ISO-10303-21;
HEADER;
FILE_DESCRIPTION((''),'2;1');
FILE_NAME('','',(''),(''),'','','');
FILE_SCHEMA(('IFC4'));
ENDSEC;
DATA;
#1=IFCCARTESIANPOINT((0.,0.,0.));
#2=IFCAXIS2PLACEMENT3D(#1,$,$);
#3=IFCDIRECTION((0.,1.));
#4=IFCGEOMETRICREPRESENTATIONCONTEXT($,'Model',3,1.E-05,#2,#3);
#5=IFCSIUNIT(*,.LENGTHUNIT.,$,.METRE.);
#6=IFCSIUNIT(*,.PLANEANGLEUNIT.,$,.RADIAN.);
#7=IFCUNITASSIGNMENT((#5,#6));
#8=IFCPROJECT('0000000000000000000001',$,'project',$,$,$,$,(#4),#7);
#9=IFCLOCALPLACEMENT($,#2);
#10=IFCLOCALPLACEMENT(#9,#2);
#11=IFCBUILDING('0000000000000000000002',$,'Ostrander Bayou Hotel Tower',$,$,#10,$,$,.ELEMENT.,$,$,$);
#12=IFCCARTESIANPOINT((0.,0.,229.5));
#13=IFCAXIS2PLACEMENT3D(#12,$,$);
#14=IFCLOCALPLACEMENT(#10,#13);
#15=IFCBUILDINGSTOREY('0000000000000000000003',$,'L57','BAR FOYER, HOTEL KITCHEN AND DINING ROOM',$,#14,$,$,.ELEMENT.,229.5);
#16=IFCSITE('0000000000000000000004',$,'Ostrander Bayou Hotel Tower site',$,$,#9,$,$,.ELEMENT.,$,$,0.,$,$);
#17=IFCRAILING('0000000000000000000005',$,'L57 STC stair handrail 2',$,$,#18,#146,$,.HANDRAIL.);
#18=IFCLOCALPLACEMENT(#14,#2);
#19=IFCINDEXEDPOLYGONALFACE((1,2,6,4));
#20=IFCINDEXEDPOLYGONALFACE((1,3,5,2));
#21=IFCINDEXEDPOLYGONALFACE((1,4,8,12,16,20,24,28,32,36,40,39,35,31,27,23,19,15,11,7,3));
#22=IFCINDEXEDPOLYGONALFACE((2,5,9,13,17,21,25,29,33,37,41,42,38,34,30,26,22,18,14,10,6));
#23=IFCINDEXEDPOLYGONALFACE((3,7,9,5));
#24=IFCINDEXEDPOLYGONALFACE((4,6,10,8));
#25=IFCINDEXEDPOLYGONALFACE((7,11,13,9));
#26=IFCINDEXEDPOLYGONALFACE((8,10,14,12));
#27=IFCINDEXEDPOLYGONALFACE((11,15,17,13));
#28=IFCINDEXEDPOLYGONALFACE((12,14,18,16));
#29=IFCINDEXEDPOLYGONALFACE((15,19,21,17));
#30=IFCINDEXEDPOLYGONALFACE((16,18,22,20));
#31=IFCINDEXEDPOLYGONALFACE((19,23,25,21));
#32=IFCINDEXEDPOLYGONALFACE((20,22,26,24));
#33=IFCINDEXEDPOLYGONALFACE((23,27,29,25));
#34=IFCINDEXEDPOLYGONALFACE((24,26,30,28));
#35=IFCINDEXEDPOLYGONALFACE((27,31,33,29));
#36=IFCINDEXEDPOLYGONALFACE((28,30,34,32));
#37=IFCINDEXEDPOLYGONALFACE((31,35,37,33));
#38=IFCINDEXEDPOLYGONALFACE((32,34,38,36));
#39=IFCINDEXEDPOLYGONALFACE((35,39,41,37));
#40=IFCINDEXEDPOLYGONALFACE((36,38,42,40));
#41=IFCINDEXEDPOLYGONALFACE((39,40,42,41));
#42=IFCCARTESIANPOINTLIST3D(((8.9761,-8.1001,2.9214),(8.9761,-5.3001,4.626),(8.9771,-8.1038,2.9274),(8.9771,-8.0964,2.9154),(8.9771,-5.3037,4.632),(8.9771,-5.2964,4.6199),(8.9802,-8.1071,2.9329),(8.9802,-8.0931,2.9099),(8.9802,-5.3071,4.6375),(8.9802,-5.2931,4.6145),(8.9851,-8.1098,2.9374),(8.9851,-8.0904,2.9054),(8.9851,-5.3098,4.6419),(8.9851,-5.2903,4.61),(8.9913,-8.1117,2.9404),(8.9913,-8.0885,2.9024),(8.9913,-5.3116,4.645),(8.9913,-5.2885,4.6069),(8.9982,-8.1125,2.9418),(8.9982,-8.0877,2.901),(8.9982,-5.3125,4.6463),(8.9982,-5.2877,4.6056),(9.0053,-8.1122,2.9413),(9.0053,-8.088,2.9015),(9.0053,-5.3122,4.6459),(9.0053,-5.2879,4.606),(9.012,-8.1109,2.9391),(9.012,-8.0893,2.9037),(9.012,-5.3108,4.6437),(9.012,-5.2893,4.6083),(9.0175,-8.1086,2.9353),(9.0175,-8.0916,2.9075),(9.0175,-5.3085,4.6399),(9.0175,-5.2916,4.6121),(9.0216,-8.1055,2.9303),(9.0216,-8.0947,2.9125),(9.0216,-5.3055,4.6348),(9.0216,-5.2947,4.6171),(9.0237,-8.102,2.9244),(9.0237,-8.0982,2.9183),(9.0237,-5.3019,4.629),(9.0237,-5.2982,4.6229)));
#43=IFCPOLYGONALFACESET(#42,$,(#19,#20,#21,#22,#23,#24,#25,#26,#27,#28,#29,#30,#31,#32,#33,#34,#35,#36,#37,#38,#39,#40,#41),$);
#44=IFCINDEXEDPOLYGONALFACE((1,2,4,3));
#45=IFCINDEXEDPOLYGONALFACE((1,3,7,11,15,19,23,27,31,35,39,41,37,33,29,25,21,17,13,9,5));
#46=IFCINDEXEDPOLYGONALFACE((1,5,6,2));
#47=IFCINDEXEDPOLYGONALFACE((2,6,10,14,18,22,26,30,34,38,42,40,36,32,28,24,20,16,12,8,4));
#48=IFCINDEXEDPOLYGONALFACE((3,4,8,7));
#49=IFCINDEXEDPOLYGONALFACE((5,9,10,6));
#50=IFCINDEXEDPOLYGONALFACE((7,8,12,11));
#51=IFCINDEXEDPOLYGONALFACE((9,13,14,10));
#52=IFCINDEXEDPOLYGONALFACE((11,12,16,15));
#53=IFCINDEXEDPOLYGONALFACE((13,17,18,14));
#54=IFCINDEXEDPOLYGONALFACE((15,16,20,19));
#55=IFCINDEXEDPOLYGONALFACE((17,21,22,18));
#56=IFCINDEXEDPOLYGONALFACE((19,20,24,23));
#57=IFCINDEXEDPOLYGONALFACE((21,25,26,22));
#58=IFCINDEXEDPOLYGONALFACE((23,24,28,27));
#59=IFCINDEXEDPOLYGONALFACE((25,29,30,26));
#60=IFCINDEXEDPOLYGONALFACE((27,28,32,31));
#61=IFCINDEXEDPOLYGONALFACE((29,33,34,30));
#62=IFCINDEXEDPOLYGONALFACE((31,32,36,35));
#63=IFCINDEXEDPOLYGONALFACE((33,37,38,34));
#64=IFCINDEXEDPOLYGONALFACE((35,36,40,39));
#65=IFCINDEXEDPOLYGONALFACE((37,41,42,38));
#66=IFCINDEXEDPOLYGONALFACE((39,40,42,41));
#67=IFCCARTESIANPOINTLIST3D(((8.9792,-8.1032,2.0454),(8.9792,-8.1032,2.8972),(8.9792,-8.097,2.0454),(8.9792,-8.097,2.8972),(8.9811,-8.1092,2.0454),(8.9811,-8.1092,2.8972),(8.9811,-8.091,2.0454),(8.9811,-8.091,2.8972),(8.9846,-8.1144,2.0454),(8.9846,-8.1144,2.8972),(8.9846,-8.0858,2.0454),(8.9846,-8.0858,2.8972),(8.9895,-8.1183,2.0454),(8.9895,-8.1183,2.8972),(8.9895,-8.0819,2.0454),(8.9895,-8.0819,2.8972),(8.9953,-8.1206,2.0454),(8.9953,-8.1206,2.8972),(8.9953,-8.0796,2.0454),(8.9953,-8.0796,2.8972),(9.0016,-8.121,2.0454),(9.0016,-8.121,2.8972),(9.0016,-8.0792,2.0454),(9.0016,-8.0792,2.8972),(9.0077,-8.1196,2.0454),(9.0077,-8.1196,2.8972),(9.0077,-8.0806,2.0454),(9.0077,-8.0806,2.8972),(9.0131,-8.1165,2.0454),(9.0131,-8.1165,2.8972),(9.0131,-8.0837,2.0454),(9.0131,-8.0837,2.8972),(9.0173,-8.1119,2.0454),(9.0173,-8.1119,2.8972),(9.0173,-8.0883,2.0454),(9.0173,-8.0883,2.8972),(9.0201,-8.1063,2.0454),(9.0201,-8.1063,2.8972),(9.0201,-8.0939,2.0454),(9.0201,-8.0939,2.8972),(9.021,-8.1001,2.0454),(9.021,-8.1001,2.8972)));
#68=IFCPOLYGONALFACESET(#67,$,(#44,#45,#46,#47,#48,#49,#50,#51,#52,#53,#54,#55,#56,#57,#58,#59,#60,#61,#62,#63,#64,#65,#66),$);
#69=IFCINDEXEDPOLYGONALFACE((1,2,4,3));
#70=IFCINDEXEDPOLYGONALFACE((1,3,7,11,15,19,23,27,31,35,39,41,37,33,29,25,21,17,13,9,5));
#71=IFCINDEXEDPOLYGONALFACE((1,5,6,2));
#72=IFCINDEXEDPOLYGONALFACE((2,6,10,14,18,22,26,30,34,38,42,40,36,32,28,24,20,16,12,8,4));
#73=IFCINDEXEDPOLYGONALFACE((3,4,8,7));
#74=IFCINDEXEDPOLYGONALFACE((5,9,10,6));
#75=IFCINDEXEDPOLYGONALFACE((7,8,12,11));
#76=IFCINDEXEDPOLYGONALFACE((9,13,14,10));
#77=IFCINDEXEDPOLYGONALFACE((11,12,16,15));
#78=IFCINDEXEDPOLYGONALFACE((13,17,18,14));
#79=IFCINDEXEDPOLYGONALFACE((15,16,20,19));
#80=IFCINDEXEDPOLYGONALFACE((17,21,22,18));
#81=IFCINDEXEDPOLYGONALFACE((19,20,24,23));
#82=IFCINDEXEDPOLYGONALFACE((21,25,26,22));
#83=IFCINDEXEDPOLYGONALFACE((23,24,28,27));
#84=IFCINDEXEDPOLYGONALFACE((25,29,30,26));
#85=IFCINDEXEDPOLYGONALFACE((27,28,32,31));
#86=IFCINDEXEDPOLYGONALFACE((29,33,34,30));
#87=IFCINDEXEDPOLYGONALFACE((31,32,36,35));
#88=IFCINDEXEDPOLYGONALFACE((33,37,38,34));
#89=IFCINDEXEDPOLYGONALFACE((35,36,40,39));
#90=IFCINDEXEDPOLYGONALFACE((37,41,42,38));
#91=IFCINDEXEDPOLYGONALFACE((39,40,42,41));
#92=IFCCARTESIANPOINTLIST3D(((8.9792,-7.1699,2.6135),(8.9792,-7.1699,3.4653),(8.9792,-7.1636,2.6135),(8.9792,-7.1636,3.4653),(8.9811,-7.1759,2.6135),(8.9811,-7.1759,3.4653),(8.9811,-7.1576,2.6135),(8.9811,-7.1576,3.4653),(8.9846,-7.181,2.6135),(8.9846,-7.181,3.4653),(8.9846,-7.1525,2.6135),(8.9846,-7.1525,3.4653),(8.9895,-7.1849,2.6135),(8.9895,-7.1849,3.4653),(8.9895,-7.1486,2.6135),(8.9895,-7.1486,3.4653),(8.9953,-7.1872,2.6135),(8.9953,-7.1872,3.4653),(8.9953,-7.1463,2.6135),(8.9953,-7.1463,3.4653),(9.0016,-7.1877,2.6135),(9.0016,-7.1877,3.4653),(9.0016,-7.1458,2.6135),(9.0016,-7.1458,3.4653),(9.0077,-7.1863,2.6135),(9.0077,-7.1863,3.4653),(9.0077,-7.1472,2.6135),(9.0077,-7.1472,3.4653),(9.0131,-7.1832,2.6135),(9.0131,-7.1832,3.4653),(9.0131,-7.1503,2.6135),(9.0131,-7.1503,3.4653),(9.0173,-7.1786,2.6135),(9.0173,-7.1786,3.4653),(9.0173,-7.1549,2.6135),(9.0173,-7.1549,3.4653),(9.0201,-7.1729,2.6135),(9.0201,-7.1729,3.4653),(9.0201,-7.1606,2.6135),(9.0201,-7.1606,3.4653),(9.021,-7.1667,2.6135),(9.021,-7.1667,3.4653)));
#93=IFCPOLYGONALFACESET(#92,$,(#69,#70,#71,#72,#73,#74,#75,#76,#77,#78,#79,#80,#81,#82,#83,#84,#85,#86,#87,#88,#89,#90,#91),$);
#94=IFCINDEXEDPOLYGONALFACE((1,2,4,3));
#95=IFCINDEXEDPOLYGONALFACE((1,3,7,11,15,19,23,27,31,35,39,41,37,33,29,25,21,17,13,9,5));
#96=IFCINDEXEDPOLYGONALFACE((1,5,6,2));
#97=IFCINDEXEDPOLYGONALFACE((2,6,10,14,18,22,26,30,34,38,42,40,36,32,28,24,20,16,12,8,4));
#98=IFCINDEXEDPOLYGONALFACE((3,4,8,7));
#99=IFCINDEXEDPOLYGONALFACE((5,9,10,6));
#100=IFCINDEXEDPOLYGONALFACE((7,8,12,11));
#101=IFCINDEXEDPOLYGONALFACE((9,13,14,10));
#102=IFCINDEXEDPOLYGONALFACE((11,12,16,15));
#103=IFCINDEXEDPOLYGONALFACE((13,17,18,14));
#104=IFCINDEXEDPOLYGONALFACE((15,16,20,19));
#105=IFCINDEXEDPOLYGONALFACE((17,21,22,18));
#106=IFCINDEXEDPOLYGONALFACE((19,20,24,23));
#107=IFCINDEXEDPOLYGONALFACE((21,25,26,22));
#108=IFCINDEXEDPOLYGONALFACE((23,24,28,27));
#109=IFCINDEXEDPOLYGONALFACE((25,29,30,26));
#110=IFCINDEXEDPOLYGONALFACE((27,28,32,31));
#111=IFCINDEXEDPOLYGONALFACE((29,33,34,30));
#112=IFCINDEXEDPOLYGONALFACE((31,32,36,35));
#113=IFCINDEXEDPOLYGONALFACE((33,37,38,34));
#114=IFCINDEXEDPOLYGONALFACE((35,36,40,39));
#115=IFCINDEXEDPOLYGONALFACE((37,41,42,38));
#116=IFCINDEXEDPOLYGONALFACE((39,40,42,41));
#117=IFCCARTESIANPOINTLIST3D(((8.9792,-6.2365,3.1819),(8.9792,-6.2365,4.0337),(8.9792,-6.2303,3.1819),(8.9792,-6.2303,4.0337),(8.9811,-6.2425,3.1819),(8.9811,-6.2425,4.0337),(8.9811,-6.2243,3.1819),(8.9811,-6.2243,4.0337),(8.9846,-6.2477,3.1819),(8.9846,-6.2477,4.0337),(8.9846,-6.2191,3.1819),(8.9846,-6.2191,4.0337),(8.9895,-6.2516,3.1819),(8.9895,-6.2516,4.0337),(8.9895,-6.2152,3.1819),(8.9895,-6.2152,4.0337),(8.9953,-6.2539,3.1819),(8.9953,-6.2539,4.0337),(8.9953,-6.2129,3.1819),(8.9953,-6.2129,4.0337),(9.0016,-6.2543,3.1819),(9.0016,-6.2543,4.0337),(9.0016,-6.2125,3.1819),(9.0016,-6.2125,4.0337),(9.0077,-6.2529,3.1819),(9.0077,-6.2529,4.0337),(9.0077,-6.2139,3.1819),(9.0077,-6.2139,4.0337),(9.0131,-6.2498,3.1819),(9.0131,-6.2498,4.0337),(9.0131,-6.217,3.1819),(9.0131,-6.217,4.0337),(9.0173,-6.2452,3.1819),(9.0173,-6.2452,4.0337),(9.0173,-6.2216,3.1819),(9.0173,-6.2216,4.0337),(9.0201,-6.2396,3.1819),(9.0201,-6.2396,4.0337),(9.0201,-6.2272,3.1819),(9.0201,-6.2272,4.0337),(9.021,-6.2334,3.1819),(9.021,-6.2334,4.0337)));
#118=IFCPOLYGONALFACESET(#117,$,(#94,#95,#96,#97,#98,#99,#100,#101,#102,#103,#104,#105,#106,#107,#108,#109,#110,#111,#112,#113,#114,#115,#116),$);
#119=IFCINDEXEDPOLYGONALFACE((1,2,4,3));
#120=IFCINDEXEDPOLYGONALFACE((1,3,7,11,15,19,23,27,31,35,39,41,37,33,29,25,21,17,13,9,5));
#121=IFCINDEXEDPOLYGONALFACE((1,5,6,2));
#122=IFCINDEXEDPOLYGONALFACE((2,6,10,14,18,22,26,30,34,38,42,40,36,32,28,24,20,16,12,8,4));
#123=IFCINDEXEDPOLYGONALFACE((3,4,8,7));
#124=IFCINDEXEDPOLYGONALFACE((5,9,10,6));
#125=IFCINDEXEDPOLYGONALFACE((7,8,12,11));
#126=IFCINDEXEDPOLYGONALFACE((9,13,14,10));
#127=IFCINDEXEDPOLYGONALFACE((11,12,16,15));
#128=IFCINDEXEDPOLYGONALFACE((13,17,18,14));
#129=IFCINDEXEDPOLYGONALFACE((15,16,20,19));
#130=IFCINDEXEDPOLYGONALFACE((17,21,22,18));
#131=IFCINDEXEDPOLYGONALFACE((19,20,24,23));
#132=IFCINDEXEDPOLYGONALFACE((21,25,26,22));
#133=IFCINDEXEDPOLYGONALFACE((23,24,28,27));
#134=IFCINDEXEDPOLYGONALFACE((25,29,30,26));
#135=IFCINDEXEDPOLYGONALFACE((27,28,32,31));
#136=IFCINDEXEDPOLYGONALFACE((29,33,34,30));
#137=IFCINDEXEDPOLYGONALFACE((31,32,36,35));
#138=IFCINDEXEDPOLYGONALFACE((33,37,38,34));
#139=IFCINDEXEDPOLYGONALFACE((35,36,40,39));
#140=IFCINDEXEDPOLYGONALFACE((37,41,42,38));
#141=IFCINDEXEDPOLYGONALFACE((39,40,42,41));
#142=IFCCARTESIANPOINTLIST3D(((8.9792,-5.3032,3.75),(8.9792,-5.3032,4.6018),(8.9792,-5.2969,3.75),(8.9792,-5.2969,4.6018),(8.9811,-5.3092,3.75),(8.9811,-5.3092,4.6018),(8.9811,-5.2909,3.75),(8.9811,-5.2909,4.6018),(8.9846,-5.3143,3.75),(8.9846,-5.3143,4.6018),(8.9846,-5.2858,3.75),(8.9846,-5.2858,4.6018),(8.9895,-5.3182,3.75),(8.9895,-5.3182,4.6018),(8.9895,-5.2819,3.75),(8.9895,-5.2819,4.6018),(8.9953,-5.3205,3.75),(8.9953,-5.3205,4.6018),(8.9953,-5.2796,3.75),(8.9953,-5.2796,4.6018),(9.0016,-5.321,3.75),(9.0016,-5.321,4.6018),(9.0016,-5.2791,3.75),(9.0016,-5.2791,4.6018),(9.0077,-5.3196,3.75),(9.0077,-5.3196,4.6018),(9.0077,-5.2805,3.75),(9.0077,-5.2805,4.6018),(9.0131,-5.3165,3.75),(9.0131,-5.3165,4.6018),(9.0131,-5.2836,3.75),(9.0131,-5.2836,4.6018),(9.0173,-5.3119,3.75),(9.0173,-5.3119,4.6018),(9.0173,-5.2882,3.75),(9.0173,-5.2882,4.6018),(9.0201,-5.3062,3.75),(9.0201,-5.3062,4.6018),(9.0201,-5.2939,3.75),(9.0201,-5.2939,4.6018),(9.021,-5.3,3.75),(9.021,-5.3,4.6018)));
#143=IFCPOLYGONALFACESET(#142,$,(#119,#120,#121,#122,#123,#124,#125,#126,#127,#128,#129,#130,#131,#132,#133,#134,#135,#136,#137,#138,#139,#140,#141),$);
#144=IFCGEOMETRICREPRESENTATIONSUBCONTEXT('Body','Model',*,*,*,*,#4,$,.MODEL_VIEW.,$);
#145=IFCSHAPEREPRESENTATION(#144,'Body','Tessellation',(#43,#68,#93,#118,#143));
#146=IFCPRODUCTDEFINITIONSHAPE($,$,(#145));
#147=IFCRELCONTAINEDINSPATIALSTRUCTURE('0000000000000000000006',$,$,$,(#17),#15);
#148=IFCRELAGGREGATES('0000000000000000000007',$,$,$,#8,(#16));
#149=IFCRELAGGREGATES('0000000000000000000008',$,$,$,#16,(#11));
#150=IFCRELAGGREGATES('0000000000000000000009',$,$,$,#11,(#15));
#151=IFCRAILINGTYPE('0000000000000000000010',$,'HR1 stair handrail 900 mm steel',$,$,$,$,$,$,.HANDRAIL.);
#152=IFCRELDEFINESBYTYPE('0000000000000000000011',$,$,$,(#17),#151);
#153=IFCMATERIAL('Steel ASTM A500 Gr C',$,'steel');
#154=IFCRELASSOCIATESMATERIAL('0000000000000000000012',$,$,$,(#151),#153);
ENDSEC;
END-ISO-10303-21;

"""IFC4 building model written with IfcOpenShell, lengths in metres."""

from ifc_helpers import new_model, si_unit, direction, frame, origin, origin_2d, place, context, subcontext, project, spatial, circle, extrude, material, type_object, element, save


model = new_model("IFC4")

# Units and contexts
model_context = context("Model", 3, precision=1e-05, world=origin(), true_north=direction((0.0, 1.0)))
body_context = subcontext(model_context, "Body", "Model", "MODEL_VIEW")
ifc_project = project(units=[si_unit("LENGTHUNIT", "METRE"), si_unit("PLANEANGLEUNIT", "RADIAN")], contexts=[model_context])

# Site, building, storey
site_placement = place(None, origin())
site = spatial("IfcSite", under=ifc_project, at=site_placement, Name="Ostrander Bayou Hotel Tower site", CompositionType="ELEMENT", RefElevation=0.0)
building_placement = place(site_placement, origin())
building = spatial("IfcBuilding", under=site, at=building_placement, Name="Ostrander Bayou Hotel Tower", CompositionType="ELEMENT")
storey_placement = place(building_placement, frame((0.0, 0.0, 229.5)))
storey = spatial("IfcBuildingStorey", under=building, at=storey_placement, Name="L57", Description="BAR FOYER, HOTEL KITCHEN AND DINING ROOM", CompositionType="ELEMENT", Elevation=229.5)

# Railing
ifc_material_1 = material(Name="Steel ASTM A500 Gr C", Category="steel")
railing_type_1 = type_object("IfcRailingType", Name="HR1 stair handrail 900 mm steel", PredefinedType="HANDRAIL", material=ifc_material_1)
railing_1_placement = place(storey_placement, frame((9.0, -8.1001, 2.0454)))
element("IfcRailing", 1, at=railing_1_placement, inside=storey, type_object=railing_type_1, Name="L57 STC stair handrail 2", PredefinedType="HANDRAIL", context=body_context, shape_type="SweptSolid", body=[
    extrude(circle(Radius=0.0239, at=origin_2d()), frame((0.0, 0.0, 0.876), z_axis=(0.0, 0.85417, 0.519994), x_axis=(-1.0, 0.0, 0.0)), (0.0, 0.0, 1.0), 3.2781),
    extrude(circle(Radius=0.021, at=origin_2d()), origin(), (0.0, 0.0, 1.0), 0.8518),
    extrude(circle(Radius=0.021, at=origin_2d()), frame((0.0, 0.9333, 0.5681)), (0.0, 0.0, 1.0), 0.8518),
    extrude(circle(Radius=0.021, at=origin_2d()), frame((0.0, 1.8667, 1.1365)), (0.0, 0.0, 1.0), 0.8518),
    extrude(circle(Radius=0.021, at=origin_2d()), frame((0.0, 2.8, 1.7046)), (0.0, 0.0, 1.0), 0.8518),
])

save(model, "model.ifc")
